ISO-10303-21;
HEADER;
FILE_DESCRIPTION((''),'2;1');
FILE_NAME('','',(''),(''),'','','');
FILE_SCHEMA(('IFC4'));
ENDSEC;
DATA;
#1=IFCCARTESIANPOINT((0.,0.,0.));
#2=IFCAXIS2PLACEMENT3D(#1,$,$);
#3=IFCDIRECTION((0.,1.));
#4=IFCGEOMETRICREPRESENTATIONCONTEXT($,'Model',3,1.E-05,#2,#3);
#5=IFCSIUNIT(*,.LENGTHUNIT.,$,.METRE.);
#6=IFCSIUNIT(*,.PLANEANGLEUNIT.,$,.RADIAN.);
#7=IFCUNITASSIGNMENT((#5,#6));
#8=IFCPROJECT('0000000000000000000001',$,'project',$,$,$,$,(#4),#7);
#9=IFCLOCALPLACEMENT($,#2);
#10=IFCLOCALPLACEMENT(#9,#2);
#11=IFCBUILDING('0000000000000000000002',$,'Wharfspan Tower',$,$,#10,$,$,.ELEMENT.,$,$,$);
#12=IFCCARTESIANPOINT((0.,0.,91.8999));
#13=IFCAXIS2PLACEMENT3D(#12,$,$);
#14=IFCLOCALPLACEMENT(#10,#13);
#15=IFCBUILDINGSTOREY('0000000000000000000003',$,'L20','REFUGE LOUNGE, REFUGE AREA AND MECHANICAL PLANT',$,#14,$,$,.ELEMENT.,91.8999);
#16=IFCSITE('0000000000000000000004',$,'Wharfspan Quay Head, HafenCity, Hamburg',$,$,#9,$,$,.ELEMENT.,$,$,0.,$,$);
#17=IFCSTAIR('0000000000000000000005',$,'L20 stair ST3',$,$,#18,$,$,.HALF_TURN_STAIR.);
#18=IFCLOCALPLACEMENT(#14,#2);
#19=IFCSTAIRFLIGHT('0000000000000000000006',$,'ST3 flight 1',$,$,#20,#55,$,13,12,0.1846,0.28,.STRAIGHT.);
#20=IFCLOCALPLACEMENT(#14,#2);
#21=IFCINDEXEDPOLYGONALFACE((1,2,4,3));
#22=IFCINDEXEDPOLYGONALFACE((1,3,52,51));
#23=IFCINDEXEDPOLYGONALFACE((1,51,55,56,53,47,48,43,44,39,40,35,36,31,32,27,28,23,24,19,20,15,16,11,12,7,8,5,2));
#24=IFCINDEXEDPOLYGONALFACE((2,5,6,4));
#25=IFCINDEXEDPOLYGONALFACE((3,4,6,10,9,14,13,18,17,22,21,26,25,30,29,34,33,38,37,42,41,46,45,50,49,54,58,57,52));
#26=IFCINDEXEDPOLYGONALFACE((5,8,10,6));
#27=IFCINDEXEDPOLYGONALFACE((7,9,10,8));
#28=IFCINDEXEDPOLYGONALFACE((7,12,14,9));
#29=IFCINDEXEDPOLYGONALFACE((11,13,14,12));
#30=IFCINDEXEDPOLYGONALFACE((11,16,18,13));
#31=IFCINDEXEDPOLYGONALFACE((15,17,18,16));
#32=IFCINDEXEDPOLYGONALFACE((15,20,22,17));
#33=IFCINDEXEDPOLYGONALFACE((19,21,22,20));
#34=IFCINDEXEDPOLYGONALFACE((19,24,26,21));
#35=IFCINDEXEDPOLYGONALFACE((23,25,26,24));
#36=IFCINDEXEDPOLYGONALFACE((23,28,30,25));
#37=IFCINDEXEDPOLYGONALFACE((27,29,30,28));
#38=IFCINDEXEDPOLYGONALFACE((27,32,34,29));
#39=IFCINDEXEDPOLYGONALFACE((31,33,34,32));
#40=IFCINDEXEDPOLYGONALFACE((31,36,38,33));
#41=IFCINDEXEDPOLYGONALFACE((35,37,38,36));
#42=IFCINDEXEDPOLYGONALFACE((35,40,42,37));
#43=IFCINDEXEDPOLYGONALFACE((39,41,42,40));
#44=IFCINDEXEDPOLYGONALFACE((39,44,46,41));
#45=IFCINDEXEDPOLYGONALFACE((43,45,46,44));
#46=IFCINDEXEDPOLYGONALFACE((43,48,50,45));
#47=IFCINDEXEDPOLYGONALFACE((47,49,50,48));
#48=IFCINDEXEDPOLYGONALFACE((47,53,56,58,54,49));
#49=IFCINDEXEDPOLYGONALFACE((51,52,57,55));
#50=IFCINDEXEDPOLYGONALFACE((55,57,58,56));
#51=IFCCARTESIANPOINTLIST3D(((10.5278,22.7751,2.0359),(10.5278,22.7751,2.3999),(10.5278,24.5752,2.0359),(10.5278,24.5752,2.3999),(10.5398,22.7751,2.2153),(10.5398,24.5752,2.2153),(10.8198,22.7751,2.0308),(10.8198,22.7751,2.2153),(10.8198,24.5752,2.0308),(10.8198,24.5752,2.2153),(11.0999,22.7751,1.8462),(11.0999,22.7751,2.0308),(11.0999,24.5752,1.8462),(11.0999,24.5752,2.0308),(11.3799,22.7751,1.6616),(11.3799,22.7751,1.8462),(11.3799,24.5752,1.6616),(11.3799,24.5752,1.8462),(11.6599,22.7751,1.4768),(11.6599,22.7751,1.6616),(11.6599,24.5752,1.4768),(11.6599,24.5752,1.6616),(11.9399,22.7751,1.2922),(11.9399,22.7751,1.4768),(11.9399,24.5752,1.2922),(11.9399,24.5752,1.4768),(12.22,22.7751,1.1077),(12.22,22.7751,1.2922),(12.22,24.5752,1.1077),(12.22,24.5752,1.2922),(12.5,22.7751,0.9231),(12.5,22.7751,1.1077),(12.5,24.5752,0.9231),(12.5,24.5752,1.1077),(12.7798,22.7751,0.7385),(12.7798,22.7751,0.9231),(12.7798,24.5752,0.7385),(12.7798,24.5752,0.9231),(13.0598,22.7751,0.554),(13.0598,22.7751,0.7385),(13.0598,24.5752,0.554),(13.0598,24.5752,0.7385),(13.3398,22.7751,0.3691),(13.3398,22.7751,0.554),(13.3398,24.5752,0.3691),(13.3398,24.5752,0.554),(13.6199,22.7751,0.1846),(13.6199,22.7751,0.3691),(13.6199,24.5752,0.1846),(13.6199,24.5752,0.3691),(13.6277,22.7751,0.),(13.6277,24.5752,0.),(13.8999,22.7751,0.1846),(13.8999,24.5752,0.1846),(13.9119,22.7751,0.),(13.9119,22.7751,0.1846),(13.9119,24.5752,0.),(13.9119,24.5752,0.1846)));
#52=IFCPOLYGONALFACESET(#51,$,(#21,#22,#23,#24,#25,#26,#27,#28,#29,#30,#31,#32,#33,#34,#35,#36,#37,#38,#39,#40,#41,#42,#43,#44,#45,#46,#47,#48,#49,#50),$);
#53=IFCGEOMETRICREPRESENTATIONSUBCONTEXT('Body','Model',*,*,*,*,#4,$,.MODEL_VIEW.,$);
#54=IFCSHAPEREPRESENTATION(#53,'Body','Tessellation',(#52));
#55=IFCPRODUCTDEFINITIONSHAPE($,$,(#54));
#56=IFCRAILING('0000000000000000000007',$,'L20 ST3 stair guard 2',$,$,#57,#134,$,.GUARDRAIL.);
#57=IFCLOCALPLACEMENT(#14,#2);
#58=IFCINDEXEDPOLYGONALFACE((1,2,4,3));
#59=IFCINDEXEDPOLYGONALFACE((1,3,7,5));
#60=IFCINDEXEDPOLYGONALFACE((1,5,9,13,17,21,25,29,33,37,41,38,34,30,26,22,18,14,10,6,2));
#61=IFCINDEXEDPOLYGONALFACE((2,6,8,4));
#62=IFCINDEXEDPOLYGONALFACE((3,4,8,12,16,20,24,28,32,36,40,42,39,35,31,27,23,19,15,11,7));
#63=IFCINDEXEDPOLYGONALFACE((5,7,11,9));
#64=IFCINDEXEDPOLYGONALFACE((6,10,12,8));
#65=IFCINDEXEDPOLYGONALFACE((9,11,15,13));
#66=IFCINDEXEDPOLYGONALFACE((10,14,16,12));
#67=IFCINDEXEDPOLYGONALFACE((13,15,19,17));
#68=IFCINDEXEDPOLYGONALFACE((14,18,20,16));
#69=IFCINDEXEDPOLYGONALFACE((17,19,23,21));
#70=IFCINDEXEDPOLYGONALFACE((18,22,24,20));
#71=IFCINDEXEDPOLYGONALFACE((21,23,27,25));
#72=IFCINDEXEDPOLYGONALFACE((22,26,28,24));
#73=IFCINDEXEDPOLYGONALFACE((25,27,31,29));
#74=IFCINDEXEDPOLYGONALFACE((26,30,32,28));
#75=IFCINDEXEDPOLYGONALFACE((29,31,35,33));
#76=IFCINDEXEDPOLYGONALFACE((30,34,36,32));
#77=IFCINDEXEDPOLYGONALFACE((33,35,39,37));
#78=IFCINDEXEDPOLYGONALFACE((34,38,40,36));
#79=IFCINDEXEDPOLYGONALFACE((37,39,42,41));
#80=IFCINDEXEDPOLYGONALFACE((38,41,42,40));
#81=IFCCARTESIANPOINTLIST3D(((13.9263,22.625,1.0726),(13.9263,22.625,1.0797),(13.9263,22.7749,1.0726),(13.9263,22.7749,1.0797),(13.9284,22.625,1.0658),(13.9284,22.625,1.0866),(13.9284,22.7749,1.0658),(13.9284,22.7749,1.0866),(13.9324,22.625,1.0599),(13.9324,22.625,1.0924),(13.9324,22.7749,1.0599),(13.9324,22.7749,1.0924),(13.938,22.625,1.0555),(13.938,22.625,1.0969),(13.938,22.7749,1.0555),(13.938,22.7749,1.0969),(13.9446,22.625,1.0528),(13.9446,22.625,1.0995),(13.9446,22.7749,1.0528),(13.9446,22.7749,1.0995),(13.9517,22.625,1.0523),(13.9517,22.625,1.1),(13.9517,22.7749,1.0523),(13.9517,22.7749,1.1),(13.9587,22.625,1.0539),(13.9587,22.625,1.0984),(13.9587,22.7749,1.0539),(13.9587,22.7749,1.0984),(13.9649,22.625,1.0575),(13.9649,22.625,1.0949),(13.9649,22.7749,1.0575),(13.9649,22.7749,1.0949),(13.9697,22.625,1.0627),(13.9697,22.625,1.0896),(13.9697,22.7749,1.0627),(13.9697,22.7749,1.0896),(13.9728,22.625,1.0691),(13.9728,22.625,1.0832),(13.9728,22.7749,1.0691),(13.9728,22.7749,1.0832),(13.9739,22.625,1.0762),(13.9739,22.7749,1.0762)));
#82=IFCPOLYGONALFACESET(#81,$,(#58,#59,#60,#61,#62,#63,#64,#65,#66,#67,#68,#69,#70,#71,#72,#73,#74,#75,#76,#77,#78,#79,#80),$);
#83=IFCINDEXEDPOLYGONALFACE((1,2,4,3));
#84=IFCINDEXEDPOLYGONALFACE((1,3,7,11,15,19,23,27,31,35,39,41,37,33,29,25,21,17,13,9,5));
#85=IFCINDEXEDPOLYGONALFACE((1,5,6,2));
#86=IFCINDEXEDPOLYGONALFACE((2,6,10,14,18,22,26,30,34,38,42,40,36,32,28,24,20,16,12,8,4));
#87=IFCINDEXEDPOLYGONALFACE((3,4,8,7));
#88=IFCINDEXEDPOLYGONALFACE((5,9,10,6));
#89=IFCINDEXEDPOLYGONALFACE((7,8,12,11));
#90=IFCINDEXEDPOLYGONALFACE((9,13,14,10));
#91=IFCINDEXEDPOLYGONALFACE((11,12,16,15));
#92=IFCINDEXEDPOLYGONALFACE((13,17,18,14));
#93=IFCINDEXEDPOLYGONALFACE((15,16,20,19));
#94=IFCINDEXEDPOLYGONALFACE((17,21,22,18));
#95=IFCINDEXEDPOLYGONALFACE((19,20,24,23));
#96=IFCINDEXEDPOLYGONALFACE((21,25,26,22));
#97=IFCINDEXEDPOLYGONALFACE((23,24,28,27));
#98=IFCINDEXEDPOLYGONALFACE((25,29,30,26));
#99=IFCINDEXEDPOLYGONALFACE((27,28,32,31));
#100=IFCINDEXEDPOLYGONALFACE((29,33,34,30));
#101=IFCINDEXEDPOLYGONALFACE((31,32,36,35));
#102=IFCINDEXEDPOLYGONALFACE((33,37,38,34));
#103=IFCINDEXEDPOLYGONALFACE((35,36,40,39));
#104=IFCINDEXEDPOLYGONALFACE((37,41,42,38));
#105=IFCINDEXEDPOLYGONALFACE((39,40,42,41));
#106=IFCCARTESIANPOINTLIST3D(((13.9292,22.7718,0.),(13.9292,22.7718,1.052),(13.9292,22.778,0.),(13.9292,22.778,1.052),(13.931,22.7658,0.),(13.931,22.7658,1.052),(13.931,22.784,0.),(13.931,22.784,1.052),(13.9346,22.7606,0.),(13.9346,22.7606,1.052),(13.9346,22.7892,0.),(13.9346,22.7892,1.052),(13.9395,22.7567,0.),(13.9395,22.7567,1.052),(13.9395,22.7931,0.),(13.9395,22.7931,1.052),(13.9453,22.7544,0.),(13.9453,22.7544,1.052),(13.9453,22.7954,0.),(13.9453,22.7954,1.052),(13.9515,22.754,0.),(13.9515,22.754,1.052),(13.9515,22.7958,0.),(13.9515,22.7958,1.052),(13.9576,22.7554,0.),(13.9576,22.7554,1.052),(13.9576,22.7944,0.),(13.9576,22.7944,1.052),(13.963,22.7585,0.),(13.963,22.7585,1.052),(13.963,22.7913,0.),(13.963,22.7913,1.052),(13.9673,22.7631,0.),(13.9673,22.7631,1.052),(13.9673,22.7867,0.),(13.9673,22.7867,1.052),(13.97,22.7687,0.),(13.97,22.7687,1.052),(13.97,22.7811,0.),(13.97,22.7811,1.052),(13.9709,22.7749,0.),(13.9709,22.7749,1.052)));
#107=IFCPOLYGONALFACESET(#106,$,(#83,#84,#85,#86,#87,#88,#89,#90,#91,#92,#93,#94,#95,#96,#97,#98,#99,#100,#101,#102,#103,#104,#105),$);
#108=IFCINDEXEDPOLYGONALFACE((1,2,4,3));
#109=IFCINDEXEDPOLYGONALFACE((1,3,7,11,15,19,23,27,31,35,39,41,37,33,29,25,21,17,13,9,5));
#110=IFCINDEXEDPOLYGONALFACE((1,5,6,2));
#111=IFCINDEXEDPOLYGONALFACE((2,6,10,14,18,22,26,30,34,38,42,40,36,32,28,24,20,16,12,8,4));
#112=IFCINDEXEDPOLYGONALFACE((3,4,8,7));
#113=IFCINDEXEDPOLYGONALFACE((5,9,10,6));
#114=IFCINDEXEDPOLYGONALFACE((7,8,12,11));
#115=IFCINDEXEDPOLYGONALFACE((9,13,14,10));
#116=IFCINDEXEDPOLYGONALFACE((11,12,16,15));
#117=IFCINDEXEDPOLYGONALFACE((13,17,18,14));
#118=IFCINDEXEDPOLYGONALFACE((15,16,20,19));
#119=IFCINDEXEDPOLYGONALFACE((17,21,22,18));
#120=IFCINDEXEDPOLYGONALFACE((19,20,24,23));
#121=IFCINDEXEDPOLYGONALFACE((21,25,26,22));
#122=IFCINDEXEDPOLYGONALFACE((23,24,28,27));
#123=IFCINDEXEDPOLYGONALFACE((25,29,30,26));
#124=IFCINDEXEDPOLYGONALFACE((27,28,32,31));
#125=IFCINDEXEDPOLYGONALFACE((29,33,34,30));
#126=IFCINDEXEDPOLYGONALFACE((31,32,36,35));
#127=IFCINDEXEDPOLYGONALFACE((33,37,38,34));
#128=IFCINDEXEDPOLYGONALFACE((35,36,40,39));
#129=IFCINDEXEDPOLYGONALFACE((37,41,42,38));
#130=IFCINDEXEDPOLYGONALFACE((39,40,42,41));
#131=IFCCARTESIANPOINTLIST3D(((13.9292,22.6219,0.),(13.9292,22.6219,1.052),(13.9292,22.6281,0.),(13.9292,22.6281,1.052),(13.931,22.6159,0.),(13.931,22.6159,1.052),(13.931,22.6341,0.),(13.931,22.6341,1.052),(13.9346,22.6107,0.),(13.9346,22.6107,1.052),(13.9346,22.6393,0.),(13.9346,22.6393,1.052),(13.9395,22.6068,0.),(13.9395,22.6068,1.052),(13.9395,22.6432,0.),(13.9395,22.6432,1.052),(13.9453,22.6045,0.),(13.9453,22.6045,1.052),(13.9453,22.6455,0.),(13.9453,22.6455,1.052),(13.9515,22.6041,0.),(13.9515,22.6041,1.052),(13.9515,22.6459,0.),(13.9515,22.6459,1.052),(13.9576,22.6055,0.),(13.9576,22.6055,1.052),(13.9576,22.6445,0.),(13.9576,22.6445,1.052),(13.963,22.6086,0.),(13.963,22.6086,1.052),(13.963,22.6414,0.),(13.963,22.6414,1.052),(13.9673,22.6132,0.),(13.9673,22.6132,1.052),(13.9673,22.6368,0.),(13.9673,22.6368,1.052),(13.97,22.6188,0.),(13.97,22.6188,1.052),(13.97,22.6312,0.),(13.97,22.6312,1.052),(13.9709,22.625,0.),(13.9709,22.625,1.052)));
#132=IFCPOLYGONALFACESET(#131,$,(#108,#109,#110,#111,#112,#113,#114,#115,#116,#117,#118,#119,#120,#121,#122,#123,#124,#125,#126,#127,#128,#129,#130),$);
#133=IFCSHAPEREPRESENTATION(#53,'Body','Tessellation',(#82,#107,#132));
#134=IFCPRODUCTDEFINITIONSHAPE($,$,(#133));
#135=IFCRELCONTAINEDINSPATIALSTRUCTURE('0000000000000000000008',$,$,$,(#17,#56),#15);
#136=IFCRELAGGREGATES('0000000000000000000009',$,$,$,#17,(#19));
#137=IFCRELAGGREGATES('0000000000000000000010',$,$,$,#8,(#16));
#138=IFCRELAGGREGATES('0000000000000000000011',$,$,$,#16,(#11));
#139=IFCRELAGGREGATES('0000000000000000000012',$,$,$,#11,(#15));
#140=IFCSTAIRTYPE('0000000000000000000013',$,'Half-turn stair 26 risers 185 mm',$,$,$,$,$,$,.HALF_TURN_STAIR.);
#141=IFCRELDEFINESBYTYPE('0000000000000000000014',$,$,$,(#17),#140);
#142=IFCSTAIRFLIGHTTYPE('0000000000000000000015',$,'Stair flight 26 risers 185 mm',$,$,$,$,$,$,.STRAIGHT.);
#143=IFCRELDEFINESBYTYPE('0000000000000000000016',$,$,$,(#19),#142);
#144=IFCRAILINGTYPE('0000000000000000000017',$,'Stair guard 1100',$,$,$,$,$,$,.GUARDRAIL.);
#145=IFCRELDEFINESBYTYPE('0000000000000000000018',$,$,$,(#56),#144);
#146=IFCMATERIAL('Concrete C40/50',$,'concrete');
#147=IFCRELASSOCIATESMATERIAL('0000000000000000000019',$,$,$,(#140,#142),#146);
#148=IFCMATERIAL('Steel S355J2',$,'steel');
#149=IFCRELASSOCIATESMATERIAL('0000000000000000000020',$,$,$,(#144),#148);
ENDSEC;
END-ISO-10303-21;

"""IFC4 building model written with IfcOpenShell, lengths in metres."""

from ifc_helpers import new_model, si_unit, direction, frame, origin, origin_2d, place, context, subcontext, project, spatial, polyline, circle, outline, extrude, material, type_object, element, aggregate, save


model = new_model("IFC4")

# Units and contexts
model_context = context("Model", 3, precision=1e-05, world=origin(), true_north=direction((0.0, 1.0)))
body_context = subcontext(model_context, "Body", "Model", "MODEL_VIEW")
ifc_project = project(units=[si_unit("LENGTHUNIT", "METRE"), si_unit("PLANEANGLEUNIT", "RADIAN")], contexts=[model_context])

# Site, building, storey
site_placement = place(None, origin())
site = spatial("IfcSite", under=ifc_project, at=site_placement, Name="Wharfspan Quay Head, HafenCity, Hamburg", CompositionType="ELEMENT", RefElevation=0.0)
building_placement = place(site_placement, origin())
building = spatial("IfcBuilding", under=site, at=building_placement, Name="Wharfspan Tower", CompositionType="ELEMENT")
storey_placement = place(building_placement, frame((0.0, 0.0, 91.8999)))
storey = spatial("IfcBuildingStorey", under=building, at=storey_placement, Name="L20", Description="REFUGE LOUNGE, REFUGE AREA AND MECHANICAL PLANT", CompositionType="ELEMENT", Elevation=91.8999)

# Shared definitions
ifc_material_1 = material(Name="Concrete C40/50", Category="concrete")

# Stair, stair flight
stair_type = type_object("IfcStairType", Name="Half-turn stair 26 risers 185 mm", PredefinedType="HALF_TURN_STAIR", material=ifc_material_1)
stair_placement = place(storey_placement, origin())
stair = element("IfcStair", 1, at=stair_placement, inside=storey, type_object=stair_type, Name="L20 stair ST3", PredefinedType="HALF_TURN_STAIR")
stair_flight_type = type_object("IfcStairFlightType", Name="Stair flight 26 risers 185 mm", PredefinedType="STRAIGHT", material=ifc_material_1)
stair_flight_placement = place(storey_placement, frame((13.8999, 23.675, 0.0), z_axis=(0.0, 0.0, 1.0), x_axis=(-1.0, 0.0, 0.0)))
stair_flight = element("IfcStairFlight", 2, at=stair_flight_placement, type_object=stair_flight_type, Name="ST3 flight 1", NumberOfRisers=13, NumberOfTreads=12, PredefinedType="STRAIGHT", RiserHeight=0.1846, TreadLength=0.28, context=body_context, shape_type="SweptSolid", body=[
    extrude(outline(polyline([(-0.012, 0.0), (-0.012, 0.1846), (0.0, 0.1846), (0.28, 0.1846), (0.28, 0.3691), (0.5601, 0.3691), (0.5601, 0.554), (0.8401, 0.554), (0.8401, 0.7385), (1.1201, 0.7385), (1.1201, 0.9231), (1.3999, 0.9231), (1.3999, 1.1077), (1.6799, 1.1077), (1.6799, 1.2922), (1.96, 1.2922), (1.96, 1.4768), (2.24, 1.4768), (2.24, 1.6616), (2.52, 1.6616), (2.52, 1.8462), (2.8, 1.8462), (2.8, 2.0308), (3.0801, 2.0308), (3.0801, 2.2153), (3.3601, 2.2153), (3.3721, 2.3999), (3.3721, 2.0359), (0.2722, 0.0), (-0.012, 0.0)])), frame((0.0, 0.8999, 0.0), z_axis=(0.0, -1.0, 0.0), x_axis=(1.0, 0.0, 0.0)), (0.0, 0.0, 1.0), 1.8),
])
aggregate(stair, [stair_flight])

# Railing
ifc_material_2 = material(Name="Steel S355J2", Category="steel")
railing_type_1 = type_object("IfcRailingType", Name="Stair guard 1100", PredefinedType="GUARDRAIL", material=ifc_material_2)
railing_1_placement = place(storey_placement, frame((13.95, 22.7749, 0.0)))
element("IfcRailing", 3, at=railing_1_placement, inside=storey, type_object=railing_type_1, Name="L20 ST3 stair guard 2", PredefinedType="GUARDRAIL", context=body_context, shape_type="SweptSolid", body=[
    extrude(circle(Radius=0.0239, at=origin_2d()), frame((0.0, 0.0, 1.0762), z_axis=(0.0, -1.0, 0.0), x_axis=(1.0, 0.0, 0.0)), (0.0, 0.0, 1.0), 0.1499),
    extrude(circle(Radius=0.021, at=origin_2d()), origin(), (0.0, 0.0, 1.0), 1.052),
    extrude(circle(Radius=0.021, at=origin_2d()), frame((0.0, -0.1499, 0.0)), (0.0, 0.0, 1.0), 1.052),
])

save(model, "model.ifc")
